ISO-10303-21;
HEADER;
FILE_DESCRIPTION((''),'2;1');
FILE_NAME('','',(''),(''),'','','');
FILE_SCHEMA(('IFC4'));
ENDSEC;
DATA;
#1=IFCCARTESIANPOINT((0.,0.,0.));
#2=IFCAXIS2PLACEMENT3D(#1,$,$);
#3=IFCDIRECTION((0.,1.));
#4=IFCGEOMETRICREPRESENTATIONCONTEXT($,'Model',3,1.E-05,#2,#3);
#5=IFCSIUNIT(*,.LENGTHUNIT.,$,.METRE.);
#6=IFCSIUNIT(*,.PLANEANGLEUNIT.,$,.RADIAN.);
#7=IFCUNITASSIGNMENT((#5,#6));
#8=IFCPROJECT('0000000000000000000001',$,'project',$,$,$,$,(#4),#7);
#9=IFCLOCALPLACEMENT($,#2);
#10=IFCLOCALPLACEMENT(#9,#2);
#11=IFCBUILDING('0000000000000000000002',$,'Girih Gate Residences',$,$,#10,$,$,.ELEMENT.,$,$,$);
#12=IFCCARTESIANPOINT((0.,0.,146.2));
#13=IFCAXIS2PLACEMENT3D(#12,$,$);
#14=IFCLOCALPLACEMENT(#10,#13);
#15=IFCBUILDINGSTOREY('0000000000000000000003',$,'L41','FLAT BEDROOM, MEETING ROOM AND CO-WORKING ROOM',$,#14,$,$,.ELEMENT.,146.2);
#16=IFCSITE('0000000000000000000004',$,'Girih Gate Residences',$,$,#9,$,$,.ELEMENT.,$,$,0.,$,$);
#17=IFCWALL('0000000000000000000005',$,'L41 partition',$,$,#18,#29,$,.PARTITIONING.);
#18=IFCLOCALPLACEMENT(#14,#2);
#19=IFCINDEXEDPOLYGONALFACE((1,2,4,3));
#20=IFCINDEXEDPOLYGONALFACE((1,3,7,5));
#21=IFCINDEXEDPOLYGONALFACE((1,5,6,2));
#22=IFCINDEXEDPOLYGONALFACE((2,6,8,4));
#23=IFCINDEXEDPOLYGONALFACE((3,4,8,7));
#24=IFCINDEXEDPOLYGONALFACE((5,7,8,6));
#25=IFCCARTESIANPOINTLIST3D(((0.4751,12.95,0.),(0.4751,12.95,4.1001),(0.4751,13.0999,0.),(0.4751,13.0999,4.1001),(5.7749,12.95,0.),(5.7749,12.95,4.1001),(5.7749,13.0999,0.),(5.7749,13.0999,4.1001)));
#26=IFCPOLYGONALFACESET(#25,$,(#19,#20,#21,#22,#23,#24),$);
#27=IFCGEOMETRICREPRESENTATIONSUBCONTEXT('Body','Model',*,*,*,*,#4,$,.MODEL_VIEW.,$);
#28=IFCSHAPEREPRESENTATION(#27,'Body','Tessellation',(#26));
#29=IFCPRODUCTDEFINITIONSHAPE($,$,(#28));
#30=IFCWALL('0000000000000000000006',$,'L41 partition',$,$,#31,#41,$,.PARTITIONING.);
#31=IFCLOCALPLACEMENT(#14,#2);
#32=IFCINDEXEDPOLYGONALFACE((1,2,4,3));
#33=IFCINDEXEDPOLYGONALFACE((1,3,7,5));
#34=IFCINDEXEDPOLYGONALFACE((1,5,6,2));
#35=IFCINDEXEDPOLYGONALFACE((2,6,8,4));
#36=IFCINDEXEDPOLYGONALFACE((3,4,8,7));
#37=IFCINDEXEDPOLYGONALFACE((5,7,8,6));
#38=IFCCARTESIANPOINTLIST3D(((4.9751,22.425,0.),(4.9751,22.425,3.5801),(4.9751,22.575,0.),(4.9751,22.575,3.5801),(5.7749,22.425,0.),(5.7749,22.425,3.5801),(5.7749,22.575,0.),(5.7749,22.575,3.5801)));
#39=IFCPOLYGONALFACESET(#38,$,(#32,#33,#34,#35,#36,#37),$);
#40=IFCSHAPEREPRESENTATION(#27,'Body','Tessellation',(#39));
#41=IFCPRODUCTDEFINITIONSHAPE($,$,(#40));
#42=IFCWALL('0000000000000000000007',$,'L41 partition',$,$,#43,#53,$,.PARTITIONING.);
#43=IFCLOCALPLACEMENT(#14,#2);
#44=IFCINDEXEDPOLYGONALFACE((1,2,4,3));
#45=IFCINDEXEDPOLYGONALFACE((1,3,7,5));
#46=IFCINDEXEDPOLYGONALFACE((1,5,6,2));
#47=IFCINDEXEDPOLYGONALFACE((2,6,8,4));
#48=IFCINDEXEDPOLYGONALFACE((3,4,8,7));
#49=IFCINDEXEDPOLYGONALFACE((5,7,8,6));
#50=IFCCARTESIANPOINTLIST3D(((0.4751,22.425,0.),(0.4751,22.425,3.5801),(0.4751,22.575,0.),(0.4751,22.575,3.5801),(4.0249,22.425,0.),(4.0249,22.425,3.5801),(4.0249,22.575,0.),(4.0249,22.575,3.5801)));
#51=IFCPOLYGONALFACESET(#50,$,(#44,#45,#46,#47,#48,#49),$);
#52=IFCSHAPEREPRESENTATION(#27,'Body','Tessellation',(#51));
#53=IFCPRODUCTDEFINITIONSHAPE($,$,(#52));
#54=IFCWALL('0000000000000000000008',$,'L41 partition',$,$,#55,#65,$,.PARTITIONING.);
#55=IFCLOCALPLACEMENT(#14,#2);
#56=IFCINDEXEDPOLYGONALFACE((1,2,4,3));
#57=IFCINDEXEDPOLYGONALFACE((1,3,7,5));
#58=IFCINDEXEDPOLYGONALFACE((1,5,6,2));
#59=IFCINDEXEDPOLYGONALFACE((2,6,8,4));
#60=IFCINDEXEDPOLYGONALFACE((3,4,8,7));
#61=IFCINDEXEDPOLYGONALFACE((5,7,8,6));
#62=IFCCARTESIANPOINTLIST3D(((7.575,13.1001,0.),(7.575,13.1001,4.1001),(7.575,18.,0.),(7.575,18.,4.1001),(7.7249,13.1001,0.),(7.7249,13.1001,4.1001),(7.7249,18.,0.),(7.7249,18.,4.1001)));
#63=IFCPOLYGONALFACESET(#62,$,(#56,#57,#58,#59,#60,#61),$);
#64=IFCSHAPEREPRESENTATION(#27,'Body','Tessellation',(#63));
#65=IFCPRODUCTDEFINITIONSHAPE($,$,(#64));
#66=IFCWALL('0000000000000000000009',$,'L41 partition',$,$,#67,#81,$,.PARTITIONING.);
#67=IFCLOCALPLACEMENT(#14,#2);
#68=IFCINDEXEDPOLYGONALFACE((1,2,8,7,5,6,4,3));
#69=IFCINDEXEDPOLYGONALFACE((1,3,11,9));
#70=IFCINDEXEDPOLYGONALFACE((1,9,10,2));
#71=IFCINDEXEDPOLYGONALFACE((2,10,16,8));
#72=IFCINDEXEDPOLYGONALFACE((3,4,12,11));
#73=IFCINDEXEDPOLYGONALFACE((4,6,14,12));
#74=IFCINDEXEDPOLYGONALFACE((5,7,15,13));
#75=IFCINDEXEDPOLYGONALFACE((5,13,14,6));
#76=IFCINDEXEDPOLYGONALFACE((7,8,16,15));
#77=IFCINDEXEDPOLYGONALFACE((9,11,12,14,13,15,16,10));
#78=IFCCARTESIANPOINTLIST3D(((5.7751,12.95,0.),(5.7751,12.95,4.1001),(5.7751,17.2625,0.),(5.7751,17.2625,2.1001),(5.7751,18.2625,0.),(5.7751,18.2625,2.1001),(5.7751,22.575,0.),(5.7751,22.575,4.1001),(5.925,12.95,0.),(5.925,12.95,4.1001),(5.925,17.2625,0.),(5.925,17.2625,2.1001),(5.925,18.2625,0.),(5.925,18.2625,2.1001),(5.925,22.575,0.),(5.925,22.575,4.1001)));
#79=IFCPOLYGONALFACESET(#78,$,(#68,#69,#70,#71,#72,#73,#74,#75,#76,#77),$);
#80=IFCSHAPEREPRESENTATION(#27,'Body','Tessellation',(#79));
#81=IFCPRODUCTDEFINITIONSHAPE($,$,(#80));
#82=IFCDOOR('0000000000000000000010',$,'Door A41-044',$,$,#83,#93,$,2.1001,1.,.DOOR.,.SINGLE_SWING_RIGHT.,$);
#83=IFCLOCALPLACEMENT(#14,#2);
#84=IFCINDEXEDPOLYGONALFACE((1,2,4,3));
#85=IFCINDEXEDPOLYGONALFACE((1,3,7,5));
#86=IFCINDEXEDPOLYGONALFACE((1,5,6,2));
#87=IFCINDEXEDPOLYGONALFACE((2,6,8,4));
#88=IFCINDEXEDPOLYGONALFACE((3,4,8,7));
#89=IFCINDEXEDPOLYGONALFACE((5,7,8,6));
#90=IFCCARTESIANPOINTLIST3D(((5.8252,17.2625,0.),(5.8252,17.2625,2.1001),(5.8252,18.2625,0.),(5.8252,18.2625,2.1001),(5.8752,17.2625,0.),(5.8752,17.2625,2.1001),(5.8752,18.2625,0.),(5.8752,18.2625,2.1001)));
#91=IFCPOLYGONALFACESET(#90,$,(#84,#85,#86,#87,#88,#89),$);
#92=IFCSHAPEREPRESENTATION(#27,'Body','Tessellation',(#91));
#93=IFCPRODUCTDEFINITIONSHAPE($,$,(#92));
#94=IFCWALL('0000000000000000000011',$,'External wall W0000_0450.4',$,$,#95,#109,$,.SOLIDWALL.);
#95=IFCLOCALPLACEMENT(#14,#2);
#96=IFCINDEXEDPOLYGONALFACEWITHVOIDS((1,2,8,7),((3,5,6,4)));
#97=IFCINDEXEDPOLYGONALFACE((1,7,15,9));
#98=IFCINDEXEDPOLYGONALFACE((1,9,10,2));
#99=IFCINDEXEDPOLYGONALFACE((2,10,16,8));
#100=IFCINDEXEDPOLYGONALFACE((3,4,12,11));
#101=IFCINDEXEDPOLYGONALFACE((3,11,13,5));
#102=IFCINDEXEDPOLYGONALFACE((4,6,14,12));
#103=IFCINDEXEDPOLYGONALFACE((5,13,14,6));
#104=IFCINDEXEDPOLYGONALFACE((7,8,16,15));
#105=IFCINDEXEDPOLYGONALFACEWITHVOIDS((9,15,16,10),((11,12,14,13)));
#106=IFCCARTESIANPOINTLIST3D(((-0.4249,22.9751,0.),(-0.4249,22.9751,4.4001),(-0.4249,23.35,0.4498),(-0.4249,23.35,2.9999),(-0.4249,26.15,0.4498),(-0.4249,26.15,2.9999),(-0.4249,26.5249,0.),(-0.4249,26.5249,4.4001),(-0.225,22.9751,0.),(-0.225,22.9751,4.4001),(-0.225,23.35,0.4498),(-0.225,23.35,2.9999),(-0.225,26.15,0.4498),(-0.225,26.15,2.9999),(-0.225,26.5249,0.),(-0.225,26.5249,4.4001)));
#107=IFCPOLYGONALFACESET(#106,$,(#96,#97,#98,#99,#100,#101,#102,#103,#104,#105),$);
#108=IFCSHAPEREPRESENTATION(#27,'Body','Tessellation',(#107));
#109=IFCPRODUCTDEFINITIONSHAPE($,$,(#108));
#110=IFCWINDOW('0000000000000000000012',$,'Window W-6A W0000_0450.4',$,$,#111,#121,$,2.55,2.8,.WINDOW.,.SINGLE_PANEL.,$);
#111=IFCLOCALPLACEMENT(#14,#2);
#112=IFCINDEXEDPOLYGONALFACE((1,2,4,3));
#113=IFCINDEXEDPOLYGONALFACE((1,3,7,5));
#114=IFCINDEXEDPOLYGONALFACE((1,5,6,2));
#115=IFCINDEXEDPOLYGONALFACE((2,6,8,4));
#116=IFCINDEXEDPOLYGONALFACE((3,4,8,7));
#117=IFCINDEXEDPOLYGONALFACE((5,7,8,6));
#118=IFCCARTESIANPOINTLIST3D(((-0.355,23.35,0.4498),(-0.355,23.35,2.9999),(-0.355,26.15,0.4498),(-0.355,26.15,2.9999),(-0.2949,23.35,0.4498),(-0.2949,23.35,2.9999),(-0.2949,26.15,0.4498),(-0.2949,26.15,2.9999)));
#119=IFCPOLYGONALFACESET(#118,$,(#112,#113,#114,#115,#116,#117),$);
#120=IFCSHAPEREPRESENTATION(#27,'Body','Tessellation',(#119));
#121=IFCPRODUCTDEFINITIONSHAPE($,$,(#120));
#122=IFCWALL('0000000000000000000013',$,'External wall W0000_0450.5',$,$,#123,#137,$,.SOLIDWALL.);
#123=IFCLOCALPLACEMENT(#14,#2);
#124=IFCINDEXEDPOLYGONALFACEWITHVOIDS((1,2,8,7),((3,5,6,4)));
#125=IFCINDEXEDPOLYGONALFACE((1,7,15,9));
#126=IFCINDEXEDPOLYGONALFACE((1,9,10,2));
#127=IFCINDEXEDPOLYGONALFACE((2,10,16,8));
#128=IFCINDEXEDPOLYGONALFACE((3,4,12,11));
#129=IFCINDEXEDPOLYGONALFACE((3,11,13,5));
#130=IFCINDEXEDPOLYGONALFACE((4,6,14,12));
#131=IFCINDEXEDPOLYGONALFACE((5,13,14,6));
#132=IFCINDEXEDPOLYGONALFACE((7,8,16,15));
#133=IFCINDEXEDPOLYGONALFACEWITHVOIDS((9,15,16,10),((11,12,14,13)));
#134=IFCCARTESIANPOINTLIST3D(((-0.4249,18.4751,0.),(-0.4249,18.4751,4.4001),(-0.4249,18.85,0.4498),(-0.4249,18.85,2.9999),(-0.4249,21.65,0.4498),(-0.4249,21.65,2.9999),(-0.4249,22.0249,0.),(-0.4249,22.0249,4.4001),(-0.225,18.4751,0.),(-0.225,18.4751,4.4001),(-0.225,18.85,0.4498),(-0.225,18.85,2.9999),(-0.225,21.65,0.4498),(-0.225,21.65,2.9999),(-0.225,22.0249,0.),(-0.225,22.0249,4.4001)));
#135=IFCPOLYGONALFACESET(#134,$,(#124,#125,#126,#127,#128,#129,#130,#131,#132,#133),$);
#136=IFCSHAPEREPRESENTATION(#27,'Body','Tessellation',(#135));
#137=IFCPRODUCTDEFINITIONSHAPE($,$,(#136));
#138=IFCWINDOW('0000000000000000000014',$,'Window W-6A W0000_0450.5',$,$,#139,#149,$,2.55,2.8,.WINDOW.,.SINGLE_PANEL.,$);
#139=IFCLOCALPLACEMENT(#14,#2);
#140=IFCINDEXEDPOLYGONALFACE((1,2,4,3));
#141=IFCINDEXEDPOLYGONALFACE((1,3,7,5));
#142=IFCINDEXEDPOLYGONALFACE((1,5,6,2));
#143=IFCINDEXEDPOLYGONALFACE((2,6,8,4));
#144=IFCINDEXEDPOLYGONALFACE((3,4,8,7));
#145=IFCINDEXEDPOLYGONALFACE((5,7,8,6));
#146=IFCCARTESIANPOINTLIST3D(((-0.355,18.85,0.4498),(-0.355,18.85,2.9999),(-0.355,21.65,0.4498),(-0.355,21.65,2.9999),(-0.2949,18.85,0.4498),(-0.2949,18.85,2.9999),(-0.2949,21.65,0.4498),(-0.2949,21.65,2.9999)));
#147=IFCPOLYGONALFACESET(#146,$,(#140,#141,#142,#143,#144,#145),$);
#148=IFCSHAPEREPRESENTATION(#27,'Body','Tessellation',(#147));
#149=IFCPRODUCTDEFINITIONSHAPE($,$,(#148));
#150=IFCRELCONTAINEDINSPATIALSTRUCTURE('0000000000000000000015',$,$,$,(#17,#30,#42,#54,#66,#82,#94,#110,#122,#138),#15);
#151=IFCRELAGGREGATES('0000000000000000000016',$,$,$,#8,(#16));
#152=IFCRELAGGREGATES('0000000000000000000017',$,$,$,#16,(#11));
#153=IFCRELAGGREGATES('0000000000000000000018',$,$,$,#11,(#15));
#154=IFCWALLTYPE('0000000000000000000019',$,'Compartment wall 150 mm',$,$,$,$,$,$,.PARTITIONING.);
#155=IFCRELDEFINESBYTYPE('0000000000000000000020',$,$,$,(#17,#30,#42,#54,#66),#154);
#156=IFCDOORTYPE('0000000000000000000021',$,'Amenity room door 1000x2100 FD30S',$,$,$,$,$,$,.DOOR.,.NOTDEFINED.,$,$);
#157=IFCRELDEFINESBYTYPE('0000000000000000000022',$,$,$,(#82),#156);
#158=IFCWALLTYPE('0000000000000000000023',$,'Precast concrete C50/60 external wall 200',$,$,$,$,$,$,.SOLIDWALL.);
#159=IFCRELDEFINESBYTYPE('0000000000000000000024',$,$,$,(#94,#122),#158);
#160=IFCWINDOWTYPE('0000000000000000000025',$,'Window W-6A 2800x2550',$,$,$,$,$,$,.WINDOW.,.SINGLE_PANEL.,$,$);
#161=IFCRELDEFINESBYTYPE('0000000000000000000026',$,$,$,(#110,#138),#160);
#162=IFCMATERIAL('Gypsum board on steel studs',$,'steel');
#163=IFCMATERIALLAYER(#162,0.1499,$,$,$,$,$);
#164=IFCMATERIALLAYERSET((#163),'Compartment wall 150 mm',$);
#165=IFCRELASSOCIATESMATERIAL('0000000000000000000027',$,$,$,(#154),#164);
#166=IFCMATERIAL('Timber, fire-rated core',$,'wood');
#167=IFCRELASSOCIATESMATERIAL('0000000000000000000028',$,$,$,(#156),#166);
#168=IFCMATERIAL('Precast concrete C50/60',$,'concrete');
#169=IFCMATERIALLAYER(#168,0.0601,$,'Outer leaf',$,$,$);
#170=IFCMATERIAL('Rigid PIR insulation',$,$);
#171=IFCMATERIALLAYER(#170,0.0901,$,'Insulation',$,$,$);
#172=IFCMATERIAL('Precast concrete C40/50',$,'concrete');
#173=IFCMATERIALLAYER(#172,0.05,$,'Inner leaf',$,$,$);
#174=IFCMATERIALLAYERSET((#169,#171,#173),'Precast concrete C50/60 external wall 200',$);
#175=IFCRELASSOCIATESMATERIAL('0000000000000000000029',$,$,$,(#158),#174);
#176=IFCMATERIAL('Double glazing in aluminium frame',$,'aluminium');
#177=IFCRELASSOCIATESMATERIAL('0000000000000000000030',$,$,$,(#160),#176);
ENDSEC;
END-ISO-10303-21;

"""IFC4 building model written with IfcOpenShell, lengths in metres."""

from ifc_helpers import new_model, si_unit, direction, frame, frame_2d, origin, place, context, subcontext, project, spatial, rectangle, extrude, material, layer, layer_set, type_object, element, fill, save


model = new_model("IFC4")

# Units and contexts
model_context = context("Model", 3, precision=1e-05, world=origin(), true_north=direction((0.0, 1.0)))
body_context = subcontext(model_context, "Body", "Model", "MODEL_VIEW")
ifc_project = project(units=[si_unit("LENGTHUNIT", "METRE"), si_unit("PLANEANGLEUNIT", "RADIAN")], contexts=[model_context])

# Site, building, storey
site_placement = place(None, origin())
site = spatial("IfcSite", under=ifc_project, at=site_placement, Name="Girih Gate Residences", CompositionType="ELEMENT", RefElevation=0.0)
building_placement = place(site_placement, origin())
building = spatial("IfcBuilding", under=site, at=building_placement, Name="Girih Gate Residences", CompositionType="ELEMENT")
storey_placement = place(building_placement, frame((0.0, 0.0, 146.2)))
storey = spatial("IfcBuildingStorey", under=building, at=storey_placement, Name="L41", Description="FLAT BEDROOM, MEETING ROOM AND CO-WORKING ROOM", CompositionType="ELEMENT", Elevation=146.2)

# Shared definitions
ifc_material_1 = material(Name="Gypsum board on steel studs", Category="steel")
ifc_layer_1 = layer(ifc_material_1, 0.1499)
ifc_layer_set_1 = layer_set([ifc_layer_1], Name="Compartment wall 150 mm")
wall_type_1 = type_object("IfcWallType", Name="Compartment wall 150 mm", PredefinedType="PARTITIONING", material=ifc_layer_set_1)

# Shared definitions
ifc_material_2 = material(Name="Timber, fire-rated core", Category="wood")
door_type_1 = type_object("IfcDoorType", Name="Amenity room door 1000x2100 FD30S", OperationType="NOTDEFINED", PredefinedType="DOOR", material=ifc_material_2)

# Walls
wall_1_placement = place(storey_placement, frame((0.4751, 13.0249, 0.0), z_axis=(0.0, 0.0, 1.0), x_axis=(1.0, 0.0, 0.0)))
element("IfcWall", 1, at=wall_1_placement, inside=storey, type_object=wall_type_1, Name="L41 partition", PredefinedType="PARTITIONING", context=body_context, shape_type="SweptSolid", body=[
    extrude(rectangle(XDim=5.2998, YDim=0.1499, at=frame_2d((2.6499, 0.0))), origin(), (0.0, 0.0, 1.0), 4.1001),
])
wall_2_placement = place(storey_placement, frame((4.9751, 22.5, 0.0), z_axis=(0.0, 0.0, 1.0), x_axis=(1.0, 0.0, 0.0)))
element("IfcWall", 2, at=wall_2_placement, inside=storey, type_object=wall_type_1, Name="L41 partition", PredefinedType="PARTITIONING", context=body_context, shape_type="SweptSolid", body=[
    extrude(rectangle(XDim=0.7998, YDim=0.1499, at=frame_2d((0.3999, 0.0))), origin(), (0.0, 0.0, 1.0), 3.5801),
])
wall_3_placement = place(storey_placement, frame((0.4751, 22.5, 0.0), z_axis=(0.0, 0.0, 1.0), x_axis=(1.0, 0.0, 0.0)))
element("IfcWall", 3, at=wall_3_placement, inside=storey, type_object=wall_type_1, Name="L41 partition", PredefinedType="PARTITIONING", context=body_context, shape_type="SweptSolid", body=[
    extrude(rectangle(XDim=3.5498, YDim=0.1499, at=frame_2d((1.7749, 0.0))), origin(), (0.0, 0.0, 1.0), 3.5801),
])
wall_4_placement = place(storey_placement, frame((7.6499, 13.1001, 0.0), z_axis=(0.0, 0.0, 1.0), x_axis=(0.0, 1.0, 0.0)))
element("IfcWall", 4, at=wall_4_placement, inside=storey, type_object=wall_type_1, Name="L41 partition", PredefinedType="PARTITIONING", context=body_context, shape_type="SweptSolid", body=[
    extrude(rectangle(XDim=4.8999, YDim=0.1499, at=frame_2d((2.45, 0.0))), origin(), (0.0, 0.0, 1.0), 4.1001),
])

# Wall, opening, door
wall_5_placement = place(storey_placement, frame((5.8501, 12.95, 0.0), z_axis=(0.0, 0.0, 1.0), x_axis=(0.0, 1.0, 0.0)))
wall_5 = element("IfcWall", 5, at=wall_5_placement, inside=storey, type_object=wall_type_1, Name="L41 partition", PredefinedType="PARTITIONING", context=body_context, shape_type="SweptSolid", body=[
    extrude(rectangle(XDim=9.625, YDim=0.1499, at=frame_2d((4.8125, 0.0))), origin(), (0.0, 0.0, 1.0), 4.1001),
])
opening_1_placement = place(wall_5_placement, frame((4.3125, 0.0, 0.0)))
opening_1 = element("IfcOpeningElement", 6, at=opening_1_placement, cuts=wall_5, PredefinedType="OPENING", context=body_context, shape_type="SweptSolid", body=[
    extrude(rectangle(XDim=1.0, YDim=2.1001, at=frame_2d((0.5, 1.05))), frame((0.0, 0.085, 0.0), z_axis=(0.0, -1.0, 0.0), x_axis=(1.0, 0.0, 0.0)), (0.0, 0.0, 1.0), 0.1699),
])
door_1_placement = place(opening_1_placement, origin())
door_1 = element("IfcDoor", 7, at=door_1_placement, inside=storey, type_object=door_type_1, Name="Door A41-044", OperationType="SINGLE_SWING_RIGHT", OverallHeight=2.1001, OverallWidth=1.0, PredefinedType="DOOR", context=body_context, shape_type="SweptSolid", body=[
    extrude(rectangle(XDim=1.0, YDim=2.1001, at=frame_2d((0.5, 1.05))), frame((0.0, 0.0249, 0.0), z_axis=(0.0, -1.0, 0.0), x_axis=(1.0, 0.0, 0.0)), (0.0, 0.0, 1.0), 0.05),
])
fill(opening_1, door_1)

# Walls, openings, windows
ifc_material_3 = material(Name="Precast concrete C50/60", Category="concrete")
ifc_layer_2 = layer(ifc_material_3, 0.0601, Name="Outer leaf")
ifc_material_4 = material(Name="Rigid PIR insulation")
ifc_layer_3 = layer(ifc_material_4, 0.0901, Name="Insulation")
ifc_material_5 = material(Name="Precast concrete C40/50", Category="concrete")
ifc_layer_4 = layer(ifc_material_5, 0.05, Name="Inner leaf")
ifc_layer_set_2 = layer_set([ifc_layer_2, ifc_layer_3, ifc_layer_4], Name="Precast concrete C50/60 external wall 200")
wall_type_2 = type_object("IfcWallType", Name="Precast concrete C50/60 external wall 200", PredefinedType="SOLIDWALL", material=ifc_layer_set_2)
wall_6_placement = place(storey_placement, frame((-0.325, 22.9751, 0.0), z_axis=(0.0, 0.0, 1.0), x_axis=(0.0, 1.0, 0.0)))
wall_6 = element("IfcWall", 8, at=wall_6_placement, inside=storey, type_object=wall_type_2, Name="External wall W0000_0450.4", PredefinedType="SOLIDWALL", context=body_context, shape_type="SweptSolid", body=[
    extrude(rectangle(XDim=3.5498, YDim=0.2, at=frame_2d((1.7749, 0.0))), origin(), (0.0, 0.0, 1.0), 4.4001),
])
opening_2_placement = place(wall_6_placement, frame((0.375, 0.0, 0.45)))
opening_2 = element("IfcOpeningElement", 9, at=opening_2_placement, cuts=wall_6, PredefinedType="OPENING", context=body_context, shape_type="SweptSolid", body=[
    extrude(rectangle(XDim=2.8, YDim=2.55, at=frame_2d((1.3999, 1.2749))), frame((0.0, 0.1099, 0.0), z_axis=(0.0, -1.0, 0.0), x_axis=(1.0, 0.0, 0.0)), (0.0, 0.0, 1.0), 0.22),
])
ifc_material_6 = material(Name="Double glazing in aluminium frame", Category="aluminium")
window_type = type_object("IfcWindowType", Name="Window W-6A 2800x2550", PartitioningType="SINGLE_PANEL", PredefinedType="WINDOW", material=ifc_material_6)
window_1_placement = place(opening_2_placement, origin())
window_1 = element("IfcWindow", 10, at=window_1_placement, inside=storey, type_object=window_type, Name="Window W-6A W0000_0450.4", OverallHeight=2.55, OverallWidth=2.8, PartitioningType="SINGLE_PANEL", PredefinedType="WINDOW", context=body_context, shape_type="SweptSolid", body=[
    extrude(rectangle(XDim=2.8, YDim=2.55, at=frame_2d((1.3999, 1.2749))), frame((0.0, 0.03, 0.0), z_axis=(0.0, -1.0, 0.0), x_axis=(1.0, 0.0, 0.0)), (0.0, 0.0, 1.0), 0.0601),
])
fill(opening_2, window_1)
wall_7_placement = place(storey_placement, frame((-0.325, 18.4751, 0.0), z_axis=(0.0, 0.0, 1.0), x_axis=(0.0, 1.0, 0.0)))
wall_7 = element("IfcWall", 11, at=wall_7_placement, inside=storey, type_object=wall_type_2, Name="External wall W0000_0450.5", PredefinedType="SOLIDWALL", context=body_context, shape_type="SweptSolid", body=[
    extrude(rectangle(XDim=3.5498, YDim=0.2, at=frame_2d((1.7749, 0.0))), origin(), (0.0, 0.0, 1.0), 4.4001),
])
opening_3_placement = place(wall_7_placement, frame((0.375, 0.0, 0.45)))
opening_3 = element("IfcOpeningElement", 12, at=opening_3_placement, cuts=wall_7, PredefinedType="OPENING", context=body_context, shape_type="SweptSolid", body=[
    extrude(rectangle(XDim=2.8, YDim=2.55, at=frame_2d((1.3999, 1.2749))), frame((0.0, 0.1099, 0.0), z_axis=(0.0, -1.0, 0.0), x_axis=(1.0, 0.0, 0.0)), (0.0, 0.0, 1.0), 0.22),
])
window_2_placement = place(opening_3_placement, origin())
window_2 = element("IfcWindow", 13, at=window_2_placement, inside=storey, type_object=window_type, Name="Window W-6A W0000_0450.5", OverallHeight=2.55, OverallWidth=2.8, PartitioningType="SINGLE_PANEL", PredefinedType="WINDOW", context=body_context, shape_type="SweptSolid", body=[
    extrude(rectangle(XDim=2.8, YDim=2.55, at=frame_2d((1.3999, 1.2749))), frame((0.0, 0.03, 0.0), z_axis=(0.0, -1.0, 0.0), x_axis=(1.0, 0.0, 0.0)), (0.0, 0.0, 1.0), 0.0601),
])
fill(opening_3, window_2)

save(model, "model.ifc")
